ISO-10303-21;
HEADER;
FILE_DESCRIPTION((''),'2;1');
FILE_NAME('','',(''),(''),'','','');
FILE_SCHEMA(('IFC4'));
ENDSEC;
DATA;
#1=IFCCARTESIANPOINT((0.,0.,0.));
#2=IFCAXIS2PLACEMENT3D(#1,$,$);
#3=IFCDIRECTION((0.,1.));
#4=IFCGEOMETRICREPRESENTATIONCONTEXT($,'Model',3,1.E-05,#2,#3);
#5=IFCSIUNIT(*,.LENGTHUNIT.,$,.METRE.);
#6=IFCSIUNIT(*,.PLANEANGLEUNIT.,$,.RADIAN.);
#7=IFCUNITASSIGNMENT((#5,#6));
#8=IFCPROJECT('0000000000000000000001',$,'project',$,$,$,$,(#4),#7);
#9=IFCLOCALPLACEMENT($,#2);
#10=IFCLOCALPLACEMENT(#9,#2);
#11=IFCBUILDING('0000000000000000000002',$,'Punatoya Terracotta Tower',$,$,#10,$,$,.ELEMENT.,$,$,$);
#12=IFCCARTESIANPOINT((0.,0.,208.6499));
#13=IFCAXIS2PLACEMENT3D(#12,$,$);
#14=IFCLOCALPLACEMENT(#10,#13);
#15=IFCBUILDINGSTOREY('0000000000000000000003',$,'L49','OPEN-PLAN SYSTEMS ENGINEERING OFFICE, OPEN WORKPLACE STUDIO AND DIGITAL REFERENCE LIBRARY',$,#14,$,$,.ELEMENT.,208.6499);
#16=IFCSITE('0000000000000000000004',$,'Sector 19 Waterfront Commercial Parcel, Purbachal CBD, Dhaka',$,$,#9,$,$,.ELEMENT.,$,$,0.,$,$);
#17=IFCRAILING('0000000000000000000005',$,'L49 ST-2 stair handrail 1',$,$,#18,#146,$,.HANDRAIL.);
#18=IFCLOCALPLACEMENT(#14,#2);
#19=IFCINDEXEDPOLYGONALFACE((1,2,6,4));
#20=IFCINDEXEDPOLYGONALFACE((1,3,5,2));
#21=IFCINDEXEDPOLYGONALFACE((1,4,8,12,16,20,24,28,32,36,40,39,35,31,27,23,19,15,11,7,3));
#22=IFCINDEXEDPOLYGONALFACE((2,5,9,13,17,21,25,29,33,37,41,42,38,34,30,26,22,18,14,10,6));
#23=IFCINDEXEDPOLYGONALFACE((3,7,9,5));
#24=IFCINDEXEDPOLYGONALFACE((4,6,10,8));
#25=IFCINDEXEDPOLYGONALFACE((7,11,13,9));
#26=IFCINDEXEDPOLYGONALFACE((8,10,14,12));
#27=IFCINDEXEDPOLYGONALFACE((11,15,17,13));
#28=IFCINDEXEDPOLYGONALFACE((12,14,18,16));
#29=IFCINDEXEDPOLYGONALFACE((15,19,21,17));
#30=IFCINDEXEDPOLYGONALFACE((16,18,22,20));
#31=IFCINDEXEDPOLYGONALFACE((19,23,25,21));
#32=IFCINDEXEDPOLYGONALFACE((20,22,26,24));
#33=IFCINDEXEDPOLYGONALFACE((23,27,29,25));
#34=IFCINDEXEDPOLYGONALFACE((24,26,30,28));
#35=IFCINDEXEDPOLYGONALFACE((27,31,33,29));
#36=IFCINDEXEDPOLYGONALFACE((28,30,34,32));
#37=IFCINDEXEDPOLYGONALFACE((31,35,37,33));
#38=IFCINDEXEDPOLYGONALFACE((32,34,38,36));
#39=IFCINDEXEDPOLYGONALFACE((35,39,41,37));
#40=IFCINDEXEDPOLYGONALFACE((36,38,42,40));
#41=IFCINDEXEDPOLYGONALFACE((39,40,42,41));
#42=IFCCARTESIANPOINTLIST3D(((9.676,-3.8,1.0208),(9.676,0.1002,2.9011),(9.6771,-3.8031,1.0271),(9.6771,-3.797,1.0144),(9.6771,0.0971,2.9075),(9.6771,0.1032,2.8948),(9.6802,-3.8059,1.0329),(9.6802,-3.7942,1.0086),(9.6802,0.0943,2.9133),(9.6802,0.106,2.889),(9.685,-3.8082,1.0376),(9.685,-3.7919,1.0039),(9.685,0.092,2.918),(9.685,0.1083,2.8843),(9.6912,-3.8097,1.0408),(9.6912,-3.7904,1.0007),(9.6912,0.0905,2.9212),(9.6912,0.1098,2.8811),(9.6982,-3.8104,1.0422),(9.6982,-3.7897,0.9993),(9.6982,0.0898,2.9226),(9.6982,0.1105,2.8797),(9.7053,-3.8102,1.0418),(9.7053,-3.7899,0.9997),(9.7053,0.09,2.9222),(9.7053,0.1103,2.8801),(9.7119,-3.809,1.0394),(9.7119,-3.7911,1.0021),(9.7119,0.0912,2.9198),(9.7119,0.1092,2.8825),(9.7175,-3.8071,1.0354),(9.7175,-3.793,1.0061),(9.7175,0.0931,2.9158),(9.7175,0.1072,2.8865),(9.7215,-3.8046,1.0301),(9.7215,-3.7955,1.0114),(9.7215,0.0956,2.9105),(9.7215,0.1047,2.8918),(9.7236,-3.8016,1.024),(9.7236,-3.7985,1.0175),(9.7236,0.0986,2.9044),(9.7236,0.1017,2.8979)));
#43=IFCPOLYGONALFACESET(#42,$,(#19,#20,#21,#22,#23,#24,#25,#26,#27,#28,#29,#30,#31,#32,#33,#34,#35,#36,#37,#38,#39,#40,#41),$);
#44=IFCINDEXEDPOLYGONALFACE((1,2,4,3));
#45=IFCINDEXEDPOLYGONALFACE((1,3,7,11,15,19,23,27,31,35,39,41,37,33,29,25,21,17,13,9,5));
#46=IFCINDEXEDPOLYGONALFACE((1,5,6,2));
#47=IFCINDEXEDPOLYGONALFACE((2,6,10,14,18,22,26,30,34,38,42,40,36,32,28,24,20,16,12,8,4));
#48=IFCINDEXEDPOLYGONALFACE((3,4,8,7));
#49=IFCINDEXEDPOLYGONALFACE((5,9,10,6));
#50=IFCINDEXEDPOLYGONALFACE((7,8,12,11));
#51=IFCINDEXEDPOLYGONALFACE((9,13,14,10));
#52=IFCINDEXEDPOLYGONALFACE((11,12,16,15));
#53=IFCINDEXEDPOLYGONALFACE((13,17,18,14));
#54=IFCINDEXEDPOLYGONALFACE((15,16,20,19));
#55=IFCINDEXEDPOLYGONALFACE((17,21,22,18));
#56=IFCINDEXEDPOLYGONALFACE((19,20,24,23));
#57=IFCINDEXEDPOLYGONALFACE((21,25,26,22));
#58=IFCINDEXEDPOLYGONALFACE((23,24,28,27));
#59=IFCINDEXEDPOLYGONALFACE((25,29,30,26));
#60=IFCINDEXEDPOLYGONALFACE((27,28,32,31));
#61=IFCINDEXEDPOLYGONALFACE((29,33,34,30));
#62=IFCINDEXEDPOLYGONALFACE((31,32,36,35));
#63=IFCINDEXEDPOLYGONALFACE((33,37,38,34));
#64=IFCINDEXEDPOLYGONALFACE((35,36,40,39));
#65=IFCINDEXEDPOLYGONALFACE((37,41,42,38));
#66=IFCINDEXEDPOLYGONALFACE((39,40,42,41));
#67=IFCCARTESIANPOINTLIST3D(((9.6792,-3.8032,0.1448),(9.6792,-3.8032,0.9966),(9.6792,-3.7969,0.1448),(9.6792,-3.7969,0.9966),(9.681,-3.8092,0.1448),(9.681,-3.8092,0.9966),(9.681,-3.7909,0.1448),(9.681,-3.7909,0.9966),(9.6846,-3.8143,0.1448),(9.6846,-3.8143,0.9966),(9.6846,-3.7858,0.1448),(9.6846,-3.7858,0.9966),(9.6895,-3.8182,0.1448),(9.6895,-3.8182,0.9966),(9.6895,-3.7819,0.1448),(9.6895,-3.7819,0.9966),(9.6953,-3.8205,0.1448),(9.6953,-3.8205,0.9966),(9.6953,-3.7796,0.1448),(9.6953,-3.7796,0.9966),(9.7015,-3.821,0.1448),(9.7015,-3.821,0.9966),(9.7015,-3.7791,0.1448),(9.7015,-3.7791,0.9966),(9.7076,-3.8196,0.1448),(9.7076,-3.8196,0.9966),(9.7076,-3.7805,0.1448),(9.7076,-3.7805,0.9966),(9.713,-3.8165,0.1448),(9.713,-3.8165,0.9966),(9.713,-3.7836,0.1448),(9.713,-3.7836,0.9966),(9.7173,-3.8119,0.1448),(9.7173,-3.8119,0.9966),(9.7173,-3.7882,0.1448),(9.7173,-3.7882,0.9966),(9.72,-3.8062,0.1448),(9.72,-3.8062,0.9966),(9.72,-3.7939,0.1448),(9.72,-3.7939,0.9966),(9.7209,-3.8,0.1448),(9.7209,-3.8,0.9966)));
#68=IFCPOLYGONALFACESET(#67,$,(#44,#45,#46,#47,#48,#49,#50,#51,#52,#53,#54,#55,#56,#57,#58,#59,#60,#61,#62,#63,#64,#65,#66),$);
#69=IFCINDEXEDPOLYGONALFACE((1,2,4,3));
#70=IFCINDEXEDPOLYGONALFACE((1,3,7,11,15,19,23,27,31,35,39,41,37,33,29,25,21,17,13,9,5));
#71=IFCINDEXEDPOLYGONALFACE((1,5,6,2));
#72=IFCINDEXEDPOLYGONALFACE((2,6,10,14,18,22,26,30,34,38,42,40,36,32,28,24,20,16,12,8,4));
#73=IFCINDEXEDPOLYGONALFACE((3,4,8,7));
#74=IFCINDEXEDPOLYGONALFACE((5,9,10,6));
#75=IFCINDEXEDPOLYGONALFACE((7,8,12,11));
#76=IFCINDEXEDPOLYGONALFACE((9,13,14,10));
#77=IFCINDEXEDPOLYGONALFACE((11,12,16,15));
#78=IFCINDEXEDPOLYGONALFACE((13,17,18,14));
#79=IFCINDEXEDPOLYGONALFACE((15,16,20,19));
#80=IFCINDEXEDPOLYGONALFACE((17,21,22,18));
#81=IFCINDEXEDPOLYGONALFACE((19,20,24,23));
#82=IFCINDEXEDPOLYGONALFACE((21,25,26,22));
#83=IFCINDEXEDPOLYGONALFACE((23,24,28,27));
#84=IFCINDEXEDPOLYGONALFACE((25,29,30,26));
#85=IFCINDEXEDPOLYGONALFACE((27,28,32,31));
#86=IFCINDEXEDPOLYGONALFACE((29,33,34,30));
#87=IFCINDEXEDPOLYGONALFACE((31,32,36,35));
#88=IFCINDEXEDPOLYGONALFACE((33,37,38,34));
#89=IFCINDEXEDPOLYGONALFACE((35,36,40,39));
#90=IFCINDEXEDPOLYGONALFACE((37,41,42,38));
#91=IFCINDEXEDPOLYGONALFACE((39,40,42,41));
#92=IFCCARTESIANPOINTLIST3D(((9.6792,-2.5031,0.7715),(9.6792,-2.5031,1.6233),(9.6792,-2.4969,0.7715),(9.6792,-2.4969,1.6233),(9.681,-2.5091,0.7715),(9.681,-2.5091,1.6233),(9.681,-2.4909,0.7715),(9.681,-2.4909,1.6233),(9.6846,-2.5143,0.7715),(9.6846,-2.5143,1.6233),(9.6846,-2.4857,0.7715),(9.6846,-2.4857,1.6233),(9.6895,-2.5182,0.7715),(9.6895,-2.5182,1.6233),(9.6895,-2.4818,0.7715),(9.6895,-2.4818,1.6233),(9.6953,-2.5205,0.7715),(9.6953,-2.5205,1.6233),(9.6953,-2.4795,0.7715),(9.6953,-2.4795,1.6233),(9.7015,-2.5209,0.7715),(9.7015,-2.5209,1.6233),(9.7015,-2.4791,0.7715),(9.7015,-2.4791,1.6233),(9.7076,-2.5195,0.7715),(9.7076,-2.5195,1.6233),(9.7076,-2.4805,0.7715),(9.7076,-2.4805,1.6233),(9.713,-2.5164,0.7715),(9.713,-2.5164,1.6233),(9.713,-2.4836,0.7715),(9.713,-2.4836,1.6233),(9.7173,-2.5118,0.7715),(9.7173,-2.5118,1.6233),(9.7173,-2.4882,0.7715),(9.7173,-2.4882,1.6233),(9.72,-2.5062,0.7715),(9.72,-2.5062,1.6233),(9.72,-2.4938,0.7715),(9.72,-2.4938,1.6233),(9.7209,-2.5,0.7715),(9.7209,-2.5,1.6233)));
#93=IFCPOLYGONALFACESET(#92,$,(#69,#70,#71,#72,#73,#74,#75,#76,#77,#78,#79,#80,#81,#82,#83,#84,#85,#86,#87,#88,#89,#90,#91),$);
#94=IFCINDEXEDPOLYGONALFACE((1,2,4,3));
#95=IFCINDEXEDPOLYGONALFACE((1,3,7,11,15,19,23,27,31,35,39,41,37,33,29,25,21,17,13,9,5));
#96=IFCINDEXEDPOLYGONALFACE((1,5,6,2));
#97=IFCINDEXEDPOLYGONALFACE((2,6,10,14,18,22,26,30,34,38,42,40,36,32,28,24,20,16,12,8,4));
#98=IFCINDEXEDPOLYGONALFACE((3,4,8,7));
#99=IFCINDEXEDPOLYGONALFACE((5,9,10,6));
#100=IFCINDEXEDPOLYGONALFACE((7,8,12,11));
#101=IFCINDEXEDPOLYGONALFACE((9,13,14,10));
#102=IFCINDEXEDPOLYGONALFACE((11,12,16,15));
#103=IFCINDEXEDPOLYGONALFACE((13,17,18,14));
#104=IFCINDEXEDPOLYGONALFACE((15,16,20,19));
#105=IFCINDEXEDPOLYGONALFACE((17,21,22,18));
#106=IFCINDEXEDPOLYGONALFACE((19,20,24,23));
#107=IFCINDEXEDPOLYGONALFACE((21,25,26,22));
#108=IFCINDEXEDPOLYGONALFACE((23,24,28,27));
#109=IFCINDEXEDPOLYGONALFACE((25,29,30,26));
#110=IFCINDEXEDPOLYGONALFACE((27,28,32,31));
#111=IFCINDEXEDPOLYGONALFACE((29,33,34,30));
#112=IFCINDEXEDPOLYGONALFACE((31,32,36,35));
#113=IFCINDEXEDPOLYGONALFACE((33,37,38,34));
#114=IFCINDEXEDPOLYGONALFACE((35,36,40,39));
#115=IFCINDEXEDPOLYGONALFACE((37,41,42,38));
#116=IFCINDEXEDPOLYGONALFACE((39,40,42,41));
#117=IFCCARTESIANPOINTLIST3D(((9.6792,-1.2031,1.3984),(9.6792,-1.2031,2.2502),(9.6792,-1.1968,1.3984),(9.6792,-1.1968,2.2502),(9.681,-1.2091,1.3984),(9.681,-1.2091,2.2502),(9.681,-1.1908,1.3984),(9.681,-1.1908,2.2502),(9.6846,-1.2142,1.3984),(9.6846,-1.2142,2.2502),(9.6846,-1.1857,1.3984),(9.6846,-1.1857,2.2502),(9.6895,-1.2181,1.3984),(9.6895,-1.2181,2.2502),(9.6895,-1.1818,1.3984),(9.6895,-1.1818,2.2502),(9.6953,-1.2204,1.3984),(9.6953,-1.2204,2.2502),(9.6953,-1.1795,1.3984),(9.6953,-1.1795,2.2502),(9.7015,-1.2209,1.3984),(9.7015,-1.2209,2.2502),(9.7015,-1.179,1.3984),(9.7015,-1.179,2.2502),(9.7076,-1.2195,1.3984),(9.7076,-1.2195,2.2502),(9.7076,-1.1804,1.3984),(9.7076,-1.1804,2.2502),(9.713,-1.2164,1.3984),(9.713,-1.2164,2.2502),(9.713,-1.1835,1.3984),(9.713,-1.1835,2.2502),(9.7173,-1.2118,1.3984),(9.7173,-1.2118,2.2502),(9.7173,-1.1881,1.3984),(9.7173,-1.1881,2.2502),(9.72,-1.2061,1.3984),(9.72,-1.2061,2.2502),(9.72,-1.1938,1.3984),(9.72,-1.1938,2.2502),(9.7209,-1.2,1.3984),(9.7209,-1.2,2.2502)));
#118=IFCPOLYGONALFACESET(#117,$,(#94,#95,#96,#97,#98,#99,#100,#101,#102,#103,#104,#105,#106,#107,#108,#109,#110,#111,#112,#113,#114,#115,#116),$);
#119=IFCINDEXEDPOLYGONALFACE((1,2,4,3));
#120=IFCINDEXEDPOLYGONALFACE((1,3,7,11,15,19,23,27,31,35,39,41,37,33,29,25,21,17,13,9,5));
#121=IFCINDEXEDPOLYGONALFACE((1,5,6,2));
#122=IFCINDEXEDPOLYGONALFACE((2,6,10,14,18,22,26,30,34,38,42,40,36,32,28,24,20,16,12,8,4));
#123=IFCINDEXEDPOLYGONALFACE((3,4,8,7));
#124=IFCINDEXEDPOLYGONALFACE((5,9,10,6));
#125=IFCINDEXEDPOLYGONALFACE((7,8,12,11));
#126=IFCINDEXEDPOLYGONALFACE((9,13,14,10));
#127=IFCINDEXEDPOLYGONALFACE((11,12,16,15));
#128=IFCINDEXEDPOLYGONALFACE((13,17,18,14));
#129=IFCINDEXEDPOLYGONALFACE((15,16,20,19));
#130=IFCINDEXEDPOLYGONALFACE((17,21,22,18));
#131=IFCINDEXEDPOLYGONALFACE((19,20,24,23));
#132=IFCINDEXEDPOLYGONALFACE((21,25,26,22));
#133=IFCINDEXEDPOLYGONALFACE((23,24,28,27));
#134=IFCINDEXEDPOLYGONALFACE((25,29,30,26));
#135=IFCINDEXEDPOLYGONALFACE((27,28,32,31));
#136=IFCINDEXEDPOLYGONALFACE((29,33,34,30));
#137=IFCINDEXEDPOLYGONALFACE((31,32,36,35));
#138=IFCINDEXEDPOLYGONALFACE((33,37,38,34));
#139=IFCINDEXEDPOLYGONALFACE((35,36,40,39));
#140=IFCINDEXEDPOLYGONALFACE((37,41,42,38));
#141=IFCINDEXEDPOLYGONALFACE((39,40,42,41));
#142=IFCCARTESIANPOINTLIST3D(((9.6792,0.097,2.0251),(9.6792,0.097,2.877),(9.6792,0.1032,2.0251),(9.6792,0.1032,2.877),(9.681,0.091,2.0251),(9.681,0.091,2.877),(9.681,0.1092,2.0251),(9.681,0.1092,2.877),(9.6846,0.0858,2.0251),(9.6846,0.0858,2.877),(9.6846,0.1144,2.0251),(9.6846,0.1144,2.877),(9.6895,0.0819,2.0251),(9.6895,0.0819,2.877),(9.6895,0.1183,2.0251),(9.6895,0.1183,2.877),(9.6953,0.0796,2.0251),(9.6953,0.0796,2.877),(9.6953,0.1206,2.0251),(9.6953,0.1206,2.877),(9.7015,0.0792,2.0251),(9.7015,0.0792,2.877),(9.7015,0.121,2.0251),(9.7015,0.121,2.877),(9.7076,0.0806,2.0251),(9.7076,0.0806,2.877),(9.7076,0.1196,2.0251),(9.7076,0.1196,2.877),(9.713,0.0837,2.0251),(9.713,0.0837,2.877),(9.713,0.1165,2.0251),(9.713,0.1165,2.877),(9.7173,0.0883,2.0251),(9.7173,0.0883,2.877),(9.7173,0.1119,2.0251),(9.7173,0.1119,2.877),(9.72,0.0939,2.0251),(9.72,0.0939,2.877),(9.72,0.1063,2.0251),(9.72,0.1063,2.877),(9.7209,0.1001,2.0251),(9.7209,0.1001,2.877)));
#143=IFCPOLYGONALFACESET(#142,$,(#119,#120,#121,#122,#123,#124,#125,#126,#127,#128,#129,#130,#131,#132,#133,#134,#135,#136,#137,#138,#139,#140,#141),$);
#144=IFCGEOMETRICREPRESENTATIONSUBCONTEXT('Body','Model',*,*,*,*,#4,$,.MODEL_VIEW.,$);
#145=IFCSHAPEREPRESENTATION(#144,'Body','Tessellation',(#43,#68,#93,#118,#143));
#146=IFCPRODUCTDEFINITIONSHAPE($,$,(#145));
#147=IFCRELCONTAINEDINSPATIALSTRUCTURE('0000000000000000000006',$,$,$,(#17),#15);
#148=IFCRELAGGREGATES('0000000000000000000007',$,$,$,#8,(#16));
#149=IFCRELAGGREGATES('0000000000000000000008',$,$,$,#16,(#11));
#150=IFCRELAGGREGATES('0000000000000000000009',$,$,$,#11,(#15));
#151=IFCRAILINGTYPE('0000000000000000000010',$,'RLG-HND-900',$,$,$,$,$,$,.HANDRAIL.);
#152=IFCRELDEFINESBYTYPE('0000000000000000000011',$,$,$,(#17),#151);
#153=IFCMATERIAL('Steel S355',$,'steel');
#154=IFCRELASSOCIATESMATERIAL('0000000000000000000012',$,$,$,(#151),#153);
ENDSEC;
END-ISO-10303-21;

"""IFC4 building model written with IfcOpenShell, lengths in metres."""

from ifc_helpers import new_model, si_unit, direction, frame, origin, origin_2d, place, context, subcontext, project, spatial, circle, extrude, material, type_object, element, save


model = new_model("IFC4")

# Units and contexts
model_context = context("Model", 3, precision=1e-05, world=origin(), true_north=direction((0.0, 1.0)))
body_context = subcontext(model_context, "Body", "Model", "MODEL_VIEW")
ifc_project = project(units=[si_unit("LENGTHUNIT", "METRE"), si_unit("PLANEANGLEUNIT", "RADIAN")], contexts=[model_context])

# Site, building, storey
site_placement = place(None, origin())
site = spatial("IfcSite", under=ifc_project, at=site_placement, Name="Sector 19 Waterfront Commercial Parcel, Purbachal CBD, Dhaka", CompositionType="ELEMENT", RefElevation=0.0)
building_placement = place(site_placement, origin())
building = spatial("IfcBuilding", under=site, at=building_placement, Name="Punatoya Terracotta Tower", CompositionType="ELEMENT")
storey_placement = place(building_placement, frame((0.0, 0.0, 208.6499)))
storey = spatial("IfcBuildingStorey", under=building, at=storey_placement, Name="L49", Description="OPEN-PLAN SYSTEMS ENGINEERING OFFICE, OPEN WORKPLACE STUDIO AND DIGITAL REFERENCE LIBRARY", CompositionType="ELEMENT", Elevation=208.6499)

# Shared definitions
ifc_material_1 = material(Name="Steel S355", Category="steel")

# Railing
railing_type_1 = type_object("IfcRailingType", Name="RLG-HND-900", PredefinedType="HANDRAIL", material=ifc_material_1)
railing_1_placement = place(storey_placement, frame((9.7, -3.8, 0.1448)))
element("IfcRailing", 1, at=railing_1_placement, inside=storey, type_object=railing_type_1, Name="L49 ST-2 stair handrail 1", PredefinedType="HANDRAIL", context=body_context, shape_type="SweptSolid", body=[
    extrude(circle(Radius=0.0239, at=origin_2d()), frame((0.0, 0.0, 0.876), z_axis=(0.0, 0.900774, 0.434289), x_axis=(-1.0, 0.0, 0.0)), (0.0, 0.0, 1.0), 4.3298),
    extrude(circle(Radius=0.021, at=origin_2d()), origin(), (0.0, 0.0, 1.0), 0.8518),
    extrude(circle(Radius=0.021, at=origin_2d()), frame((0.0, 1.3, 0.6267)), (0.0, 0.0, 1.0), 0.8518),
    extrude(circle(Radius=0.021, at=origin_2d()), frame((0.0, 2.6001, 1.2537)), (0.0, 0.0, 1.0), 0.8518),
    extrude(circle(Radius=0.021, at=origin_2d()), frame((0.0, 3.9001, 1.8804)), (0.0, 0.0, 1.0), 0.8518),
])

save(model, "model.ifc")
